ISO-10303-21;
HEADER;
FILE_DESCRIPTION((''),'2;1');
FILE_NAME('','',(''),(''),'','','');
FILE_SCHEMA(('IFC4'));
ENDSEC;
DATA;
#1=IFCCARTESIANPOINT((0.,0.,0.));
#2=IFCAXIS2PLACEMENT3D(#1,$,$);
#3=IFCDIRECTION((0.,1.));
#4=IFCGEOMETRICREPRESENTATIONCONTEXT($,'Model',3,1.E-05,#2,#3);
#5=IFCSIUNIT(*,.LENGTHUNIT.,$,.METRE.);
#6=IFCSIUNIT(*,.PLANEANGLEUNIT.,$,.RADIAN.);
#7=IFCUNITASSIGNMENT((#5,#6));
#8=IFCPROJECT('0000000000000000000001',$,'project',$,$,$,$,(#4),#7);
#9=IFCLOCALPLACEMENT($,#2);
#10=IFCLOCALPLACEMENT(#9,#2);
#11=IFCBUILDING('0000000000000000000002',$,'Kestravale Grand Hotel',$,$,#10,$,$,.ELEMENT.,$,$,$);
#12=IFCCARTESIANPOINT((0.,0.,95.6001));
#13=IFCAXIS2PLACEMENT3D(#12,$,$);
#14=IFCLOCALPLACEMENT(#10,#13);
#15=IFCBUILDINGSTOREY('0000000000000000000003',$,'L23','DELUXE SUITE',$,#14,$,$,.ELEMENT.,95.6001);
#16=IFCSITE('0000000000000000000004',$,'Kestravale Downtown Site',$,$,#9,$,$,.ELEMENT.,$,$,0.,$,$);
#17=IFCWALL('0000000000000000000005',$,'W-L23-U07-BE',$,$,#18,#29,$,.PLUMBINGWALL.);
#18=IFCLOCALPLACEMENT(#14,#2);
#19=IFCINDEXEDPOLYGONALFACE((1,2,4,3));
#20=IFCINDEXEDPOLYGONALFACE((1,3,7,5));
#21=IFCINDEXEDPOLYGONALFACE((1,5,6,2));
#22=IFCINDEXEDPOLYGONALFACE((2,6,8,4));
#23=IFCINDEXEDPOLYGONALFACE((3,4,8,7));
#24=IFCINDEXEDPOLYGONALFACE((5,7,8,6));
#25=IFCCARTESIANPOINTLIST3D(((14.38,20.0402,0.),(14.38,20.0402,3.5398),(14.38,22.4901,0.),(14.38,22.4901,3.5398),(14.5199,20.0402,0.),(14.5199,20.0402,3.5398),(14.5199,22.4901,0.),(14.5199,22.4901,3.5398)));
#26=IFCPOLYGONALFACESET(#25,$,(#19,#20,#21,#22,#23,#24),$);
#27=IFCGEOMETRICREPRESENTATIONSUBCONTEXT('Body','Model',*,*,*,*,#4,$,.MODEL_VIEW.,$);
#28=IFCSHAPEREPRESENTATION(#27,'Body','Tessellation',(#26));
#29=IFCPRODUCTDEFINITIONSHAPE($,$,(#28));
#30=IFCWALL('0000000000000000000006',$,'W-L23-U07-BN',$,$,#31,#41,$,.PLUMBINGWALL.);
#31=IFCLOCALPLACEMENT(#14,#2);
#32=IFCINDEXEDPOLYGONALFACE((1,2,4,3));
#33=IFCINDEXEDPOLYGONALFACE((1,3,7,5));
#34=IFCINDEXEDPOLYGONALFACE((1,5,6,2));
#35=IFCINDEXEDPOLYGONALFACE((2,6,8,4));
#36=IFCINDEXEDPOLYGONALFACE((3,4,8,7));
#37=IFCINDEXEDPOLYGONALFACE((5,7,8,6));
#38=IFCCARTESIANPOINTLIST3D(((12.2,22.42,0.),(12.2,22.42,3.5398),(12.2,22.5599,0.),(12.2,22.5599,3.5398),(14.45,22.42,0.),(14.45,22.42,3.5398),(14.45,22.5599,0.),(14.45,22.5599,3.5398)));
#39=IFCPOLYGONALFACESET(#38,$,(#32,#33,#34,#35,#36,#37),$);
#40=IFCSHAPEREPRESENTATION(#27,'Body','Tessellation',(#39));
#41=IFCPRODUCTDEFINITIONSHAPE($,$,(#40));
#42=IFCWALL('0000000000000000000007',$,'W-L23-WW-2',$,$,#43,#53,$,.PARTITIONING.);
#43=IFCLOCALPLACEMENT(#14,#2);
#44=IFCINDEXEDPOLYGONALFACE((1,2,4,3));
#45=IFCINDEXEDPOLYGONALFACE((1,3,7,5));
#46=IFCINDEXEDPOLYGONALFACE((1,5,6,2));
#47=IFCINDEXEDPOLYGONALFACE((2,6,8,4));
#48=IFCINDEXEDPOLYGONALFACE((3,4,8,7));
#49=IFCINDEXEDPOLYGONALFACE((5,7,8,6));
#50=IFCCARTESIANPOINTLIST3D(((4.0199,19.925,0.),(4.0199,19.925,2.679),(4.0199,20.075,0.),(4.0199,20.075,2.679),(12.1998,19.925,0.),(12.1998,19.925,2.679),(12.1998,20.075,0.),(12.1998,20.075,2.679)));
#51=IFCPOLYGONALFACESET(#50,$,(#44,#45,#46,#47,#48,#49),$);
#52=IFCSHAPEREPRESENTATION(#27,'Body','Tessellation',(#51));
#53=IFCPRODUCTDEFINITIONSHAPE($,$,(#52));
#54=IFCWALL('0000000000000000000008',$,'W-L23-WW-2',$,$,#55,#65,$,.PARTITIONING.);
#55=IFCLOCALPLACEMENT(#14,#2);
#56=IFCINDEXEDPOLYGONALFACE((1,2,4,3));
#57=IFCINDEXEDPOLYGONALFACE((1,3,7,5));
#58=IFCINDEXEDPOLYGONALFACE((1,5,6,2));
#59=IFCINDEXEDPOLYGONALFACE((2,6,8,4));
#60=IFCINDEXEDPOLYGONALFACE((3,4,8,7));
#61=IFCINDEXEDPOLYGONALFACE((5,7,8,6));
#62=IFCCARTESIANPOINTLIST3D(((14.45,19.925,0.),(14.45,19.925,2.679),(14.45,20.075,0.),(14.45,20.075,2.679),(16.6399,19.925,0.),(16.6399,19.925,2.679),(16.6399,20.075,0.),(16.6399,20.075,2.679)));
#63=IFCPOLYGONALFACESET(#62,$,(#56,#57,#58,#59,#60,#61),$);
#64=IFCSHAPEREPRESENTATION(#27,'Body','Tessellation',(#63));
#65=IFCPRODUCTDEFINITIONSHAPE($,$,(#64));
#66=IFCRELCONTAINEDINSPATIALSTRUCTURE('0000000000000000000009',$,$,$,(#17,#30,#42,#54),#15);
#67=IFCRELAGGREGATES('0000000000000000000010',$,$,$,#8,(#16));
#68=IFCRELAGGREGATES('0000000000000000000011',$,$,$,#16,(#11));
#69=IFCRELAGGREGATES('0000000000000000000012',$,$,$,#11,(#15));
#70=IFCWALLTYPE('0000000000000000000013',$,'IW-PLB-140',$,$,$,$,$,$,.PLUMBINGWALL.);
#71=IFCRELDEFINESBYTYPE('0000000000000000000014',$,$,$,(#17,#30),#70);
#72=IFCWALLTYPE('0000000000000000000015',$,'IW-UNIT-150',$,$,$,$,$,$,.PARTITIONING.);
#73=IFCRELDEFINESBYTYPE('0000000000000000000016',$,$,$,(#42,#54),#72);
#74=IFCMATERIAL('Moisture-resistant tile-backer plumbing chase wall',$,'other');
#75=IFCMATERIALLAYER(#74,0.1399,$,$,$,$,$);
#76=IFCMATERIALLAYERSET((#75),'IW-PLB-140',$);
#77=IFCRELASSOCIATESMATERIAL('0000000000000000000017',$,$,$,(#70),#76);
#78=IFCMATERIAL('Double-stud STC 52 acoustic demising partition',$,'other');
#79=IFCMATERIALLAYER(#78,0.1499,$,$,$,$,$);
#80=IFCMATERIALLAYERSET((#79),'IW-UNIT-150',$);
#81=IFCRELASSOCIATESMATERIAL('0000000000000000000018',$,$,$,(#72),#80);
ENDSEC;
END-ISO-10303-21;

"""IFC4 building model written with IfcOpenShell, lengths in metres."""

from ifc_helpers import new_model, si_unit, direction, frame, frame_2d, origin, place, context, subcontext, project, spatial, rectangle, extrude, material, layer, layer_set, type_object, element, save


model = new_model("IFC4")

# Units and contexts
model_context = context("Model", 3, precision=1e-05, world=origin(), true_north=direction((0.0, 1.0)))
body_context = subcontext(model_context, "Body", "Model", "MODEL_VIEW")
ifc_project = project(units=[si_unit("LENGTHUNIT", "METRE"), si_unit("PLANEANGLEUNIT", "RADIAN")], contexts=[model_context])

# Site, building, storey
site_placement = place(None, origin())
site = spatial("IfcSite", under=ifc_project, at=site_placement, Name="Kestravale Downtown Site", CompositionType="ELEMENT", RefElevation=0.0)
building_placement = place(site_placement, origin())
building = spatial("IfcBuilding", under=site, at=building_placement, Name="Kestravale Grand Hotel", CompositionType="ELEMENT")
storey_placement = place(building_placement, frame((0.0, 0.0, 95.6001)))
storey = spatial("IfcBuildingStorey", under=building, at=storey_placement, Name="L23", Description="DELUXE SUITE", CompositionType="ELEMENT", Elevation=95.6001)

# Shared definitions
ifc_material_1 = material(Name="Moisture-resistant tile-backer plumbing chase wall", Category="other")
ifc_layer_1 = layer(ifc_material_1, 0.1399)
ifc_layer_set_1 = layer_set([ifc_layer_1], Name="IW-PLB-140")
wall_type_1 = type_object("IfcWallType", Name="IW-PLB-140", PredefinedType="PLUMBINGWALL", material=ifc_layer_set_1)

# Walls
wall_1_placement = place(storey_placement, frame((14.45, 20.04, 0.0), z_axis=(0.0, 0.0, 1.0), x_axis=(0.0, 1.0, 0.0)))
element("IfcWall", 1, at=wall_1_placement, inside=storey, type_object=wall_type_1, Name="W-L23-U07-BE", PredefinedType="PLUMBINGWALL", context=body_context, shape_type="SweptSolid", body=[
    extrude(rectangle(XDim=2.45, YDim=0.1399, at=frame_2d((1.2251, 0.0))), origin(), (0.0, 0.0, 1.0), 3.5398),
])
wall_2_placement = place(storey_placement, frame((12.2, 22.49, 0.0), z_axis=(0.0, 0.0, 1.0), x_axis=(1.0, 0.0, 0.0)))
element("IfcWall", 2, at=wall_2_placement, inside=storey, type_object=wall_type_1, Name="W-L23-U07-BN", PredefinedType="PLUMBINGWALL", context=body_context, shape_type="SweptSolid", body=[
    extrude(rectangle(XDim=2.25, YDim=0.1399, at=frame_2d((1.125, 0.0))), origin(), (0.0, 0.0, 1.0), 3.5398),
])
ifc_material_2 = material(Name="Double-stud STC 52 acoustic demising partition", Category="other")
ifc_layer_2 = layer(ifc_material_2, 0.1499)
ifc_layer_set_2 = layer_set([ifc_layer_2], Name="IW-UNIT-150")
wall_type_2 = type_object("IfcWallType", Name="IW-UNIT-150", PredefinedType="PARTITIONING", material=ifc_layer_set_2)
wall_3_placement = place(storey_placement, frame((4.02, 20.0, 0.0), z_axis=(0.0, 0.0, 1.0), x_axis=(1.0, 0.0, 0.0)))
element("IfcWall", 3, at=wall_3_placement, inside=storey, type_object=wall_type_2, Name="W-L23-WW-2", PredefinedType="PARTITIONING", context=body_context, shape_type="SweptSolid", body=[
    extrude(rectangle(XDim=8.1799, YDim=0.1499, at=frame_2d((4.0898, 0.0))), origin(), (0.0, 0.0, 1.0), 2.679),
])
wall_4_placement = place(storey_placement, frame((14.45, 20.0, 0.0), z_axis=(0.0, 0.0, 1.0), x_axis=(1.0, 0.0, 0.0)))
element("IfcWall", 4, at=wall_4_placement, inside=storey, type_object=wall_type_2, Name="W-L23-WW-2", PredefinedType="PARTITIONING", context=body_context, shape_type="SweptSolid", body=[
    extrude(rectangle(XDim=2.1899, YDim=0.1499, at=frame_2d((1.095, 0.0))), origin(), (0.0, 0.0, 1.0), 2.679),
])

save(model, "model.ifc")
